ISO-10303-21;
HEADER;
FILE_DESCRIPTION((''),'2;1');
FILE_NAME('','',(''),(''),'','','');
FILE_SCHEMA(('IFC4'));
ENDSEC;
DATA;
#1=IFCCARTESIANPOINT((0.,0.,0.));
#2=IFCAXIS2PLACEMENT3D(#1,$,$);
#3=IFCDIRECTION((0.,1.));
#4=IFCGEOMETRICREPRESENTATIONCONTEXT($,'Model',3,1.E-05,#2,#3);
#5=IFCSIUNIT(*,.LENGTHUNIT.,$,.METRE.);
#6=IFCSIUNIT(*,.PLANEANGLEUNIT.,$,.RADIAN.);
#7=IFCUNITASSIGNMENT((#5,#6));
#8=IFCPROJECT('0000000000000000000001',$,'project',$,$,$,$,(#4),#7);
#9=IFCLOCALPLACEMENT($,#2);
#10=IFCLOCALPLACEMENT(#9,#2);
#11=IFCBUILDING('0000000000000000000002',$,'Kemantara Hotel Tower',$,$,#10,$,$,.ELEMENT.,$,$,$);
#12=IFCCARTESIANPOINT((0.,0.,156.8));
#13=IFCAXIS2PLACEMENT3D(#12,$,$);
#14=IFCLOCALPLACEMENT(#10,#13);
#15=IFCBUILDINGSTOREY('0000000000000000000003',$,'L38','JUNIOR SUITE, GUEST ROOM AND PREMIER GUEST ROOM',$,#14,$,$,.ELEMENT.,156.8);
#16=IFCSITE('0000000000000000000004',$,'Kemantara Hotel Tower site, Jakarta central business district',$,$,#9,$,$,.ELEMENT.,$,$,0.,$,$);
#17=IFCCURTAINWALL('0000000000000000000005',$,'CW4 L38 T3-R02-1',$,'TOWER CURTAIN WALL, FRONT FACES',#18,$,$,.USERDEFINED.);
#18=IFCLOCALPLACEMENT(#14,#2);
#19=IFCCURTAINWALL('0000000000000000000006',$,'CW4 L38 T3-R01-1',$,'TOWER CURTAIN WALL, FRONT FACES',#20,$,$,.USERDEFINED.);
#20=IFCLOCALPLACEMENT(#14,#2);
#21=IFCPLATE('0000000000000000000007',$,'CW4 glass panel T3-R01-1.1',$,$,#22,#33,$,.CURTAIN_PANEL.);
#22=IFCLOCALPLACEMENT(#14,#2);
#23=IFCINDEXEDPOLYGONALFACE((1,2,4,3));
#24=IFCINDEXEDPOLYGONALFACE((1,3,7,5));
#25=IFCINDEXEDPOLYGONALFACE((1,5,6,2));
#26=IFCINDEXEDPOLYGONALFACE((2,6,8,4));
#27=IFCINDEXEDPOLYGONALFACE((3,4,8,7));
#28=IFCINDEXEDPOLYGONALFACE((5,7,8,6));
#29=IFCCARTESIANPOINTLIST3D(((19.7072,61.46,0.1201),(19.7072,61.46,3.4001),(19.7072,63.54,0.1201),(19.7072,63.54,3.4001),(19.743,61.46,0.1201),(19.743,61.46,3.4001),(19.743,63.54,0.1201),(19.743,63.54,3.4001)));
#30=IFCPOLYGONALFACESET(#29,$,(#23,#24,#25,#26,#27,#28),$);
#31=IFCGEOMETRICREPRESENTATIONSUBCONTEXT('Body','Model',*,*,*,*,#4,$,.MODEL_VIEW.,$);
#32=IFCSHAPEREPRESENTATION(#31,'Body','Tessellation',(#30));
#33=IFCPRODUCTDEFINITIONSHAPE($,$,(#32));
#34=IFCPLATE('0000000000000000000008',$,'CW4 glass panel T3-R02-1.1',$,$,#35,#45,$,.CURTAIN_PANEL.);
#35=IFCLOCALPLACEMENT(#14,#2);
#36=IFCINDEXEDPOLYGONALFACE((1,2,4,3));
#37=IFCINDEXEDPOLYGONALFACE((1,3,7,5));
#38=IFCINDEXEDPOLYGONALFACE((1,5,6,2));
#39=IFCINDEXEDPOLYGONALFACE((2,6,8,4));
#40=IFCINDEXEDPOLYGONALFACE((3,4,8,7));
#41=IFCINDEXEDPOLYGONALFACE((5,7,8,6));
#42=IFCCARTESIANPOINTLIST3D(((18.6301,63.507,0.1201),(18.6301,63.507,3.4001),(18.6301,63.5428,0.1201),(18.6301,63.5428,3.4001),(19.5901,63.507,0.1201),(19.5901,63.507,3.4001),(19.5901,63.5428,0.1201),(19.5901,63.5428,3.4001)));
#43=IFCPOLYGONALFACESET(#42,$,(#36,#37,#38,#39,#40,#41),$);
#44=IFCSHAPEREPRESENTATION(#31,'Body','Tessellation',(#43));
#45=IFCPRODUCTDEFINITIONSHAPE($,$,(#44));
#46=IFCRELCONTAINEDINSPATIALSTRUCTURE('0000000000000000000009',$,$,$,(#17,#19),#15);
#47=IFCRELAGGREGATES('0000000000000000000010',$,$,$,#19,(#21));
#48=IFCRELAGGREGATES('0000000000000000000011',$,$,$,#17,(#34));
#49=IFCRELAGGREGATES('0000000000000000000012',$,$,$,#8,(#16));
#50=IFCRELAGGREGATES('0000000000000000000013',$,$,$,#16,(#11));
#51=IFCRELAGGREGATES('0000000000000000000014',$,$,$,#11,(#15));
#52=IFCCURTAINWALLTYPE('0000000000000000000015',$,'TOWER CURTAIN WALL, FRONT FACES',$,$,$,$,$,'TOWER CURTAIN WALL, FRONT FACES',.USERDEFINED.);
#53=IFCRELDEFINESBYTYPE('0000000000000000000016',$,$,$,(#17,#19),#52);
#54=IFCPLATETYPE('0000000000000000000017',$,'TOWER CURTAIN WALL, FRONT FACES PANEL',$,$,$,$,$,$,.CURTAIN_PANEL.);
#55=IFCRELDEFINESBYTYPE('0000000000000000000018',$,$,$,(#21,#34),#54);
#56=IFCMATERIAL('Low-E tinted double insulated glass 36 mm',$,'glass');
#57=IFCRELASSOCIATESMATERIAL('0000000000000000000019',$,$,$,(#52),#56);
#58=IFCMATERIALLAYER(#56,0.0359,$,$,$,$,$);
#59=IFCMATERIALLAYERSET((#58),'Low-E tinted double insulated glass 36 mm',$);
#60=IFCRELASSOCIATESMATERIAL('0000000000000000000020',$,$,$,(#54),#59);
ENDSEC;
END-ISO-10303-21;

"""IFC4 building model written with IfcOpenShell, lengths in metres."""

from ifc_helpers import new_model, si_unit, direction, frame, origin, origin_2d, place, context, subcontext, project, spatial, rectangle, extrude, source, transform, mapped, material, layer, layer_set, type_object, element, aggregate, save


model = new_model("IFC4")

# Units and contexts
model_context = context("Model", 3, precision=1e-05, world=origin(), true_north=direction((0.0, 1.0)))
body_context = subcontext(model_context, "Body", "Model", "MODEL_VIEW")
ifc_project = project(units=[si_unit("LENGTHUNIT", "METRE"), si_unit("PLANEANGLEUNIT", "RADIAN")], contexts=[model_context])

# Site, building, storey
site_placement = place(None, origin())
site = spatial("IfcSite", under=ifc_project, at=site_placement, Name="Kemantara Hotel Tower site, Jakarta central business district", CompositionType="ELEMENT", RefElevation=0.0)
building_placement = place(site_placement, origin())
building = spatial("IfcBuilding", under=site, at=building_placement, Name="Kemantara Hotel Tower", CompositionType="ELEMENT")
storey_placement = place(building_placement, frame((0.0, 0.0, 156.8)))
storey = spatial("IfcBuildingStorey", under=building, at=storey_placement, Name="L38", Description="JUNIOR SUITE, GUEST ROOM AND PREMIER GUEST ROOM", CompositionType="ELEMENT", Elevation=156.8)

# Curtain walls
ifc_material_1 = material(Name="Low-E tinted double insulated glass 36 mm", Category="glass")
curtain_wall_type = type_object("IfcCurtainWallType", Name="TOWER CURTAIN WALL, FRONT FACES", ElementType="TOWER CURTAIN WALL, FRONT FACES", PredefinedType="USERDEFINED", material=ifc_material_1)
curtain_wall_1_placement = place(storey_placement, origin())
curtain_wall_1 = element("IfcCurtainWall", 1, at=curtain_wall_1_placement, inside=storey, type_object=curtain_wall_type, Name="CW4 L38 T3-R02-1", ObjectType="TOWER CURTAIN WALL, FRONT FACES", PredefinedType="USERDEFINED")
curtain_wall_2_placement = place(storey_placement, origin())
curtain_wall_2 = element("IfcCurtainWall", 2, at=curtain_wall_2_placement, inside=storey, type_object=curtain_wall_type, Name="CW4 L38 T3-R01-1", ObjectType="TOWER CURTAIN WALL, FRONT FACES", PredefinedType="USERDEFINED")

# Plates
ifc_layer_1 = layer(ifc_material_1, 0.0359)
ifc_layer_set_1 = layer_set([ifc_layer_1], Name="Low-E tinted double insulated glass 36 mm")
plate_type = type_object("IfcPlateType", Name="TOWER CURTAIN WALL, FRONT FACES PANEL", PredefinedType="CURTAIN_PANEL", material=ifc_layer_set_1)
shared_shape_1 = source(origin(), body_context, "Body", "SweptSolid", [
    extrude(rectangle(XDim=2.0801, YDim=0.0359, at=origin_2d()), origin(), (0.0, 0.0, 1.0), 3.28),
])
plate_1_placement = place(storey_placement, frame((19.7251, 62.5, 0.1201), z_axis=(0.0, 0.0, 1.0), x_axis=(0.0, 1.0, 0.0)))
plate_1 = element("IfcPlate", 3, at=plate_1_placement, type_object=plate_type, Name="CW4 glass panel T3-R01-1.1", PredefinedType="CURTAIN_PANEL", context=body_context, shape_type="MappedRepresentation", body=[
    mapped(shared_shape_1, transform((0.0, 0.0, 0.0))),
])
aggregate(curtain_wall_2, [plate_1])
shared_shape_2 = source(origin(), body_context, "Body", "SweptSolid", [
    extrude(rectangle(XDim=0.96, YDim=0.0359, at=origin_2d()), origin(), (0.0, 0.0, 1.0), 3.28),
])
plate_2_placement = place(storey_placement, frame((19.1101, 63.5249, 0.1201), z_axis=(0.0, 0.0, 1.0), x_axis=(-1.0, 0.0, 0.0)))
plate_2 = element("IfcPlate", 4, at=plate_2_placement, type_object=plate_type, Name="CW4 glass panel T3-R02-1.1", PredefinedType="CURTAIN_PANEL", context=body_context, shape_type="MappedRepresentation", body=[
    mapped(shared_shape_2, transform((0.0, 0.0, 0.0))),
])
aggregate(curtain_wall_1, [plate_2])

save(model, "model.ifc")
